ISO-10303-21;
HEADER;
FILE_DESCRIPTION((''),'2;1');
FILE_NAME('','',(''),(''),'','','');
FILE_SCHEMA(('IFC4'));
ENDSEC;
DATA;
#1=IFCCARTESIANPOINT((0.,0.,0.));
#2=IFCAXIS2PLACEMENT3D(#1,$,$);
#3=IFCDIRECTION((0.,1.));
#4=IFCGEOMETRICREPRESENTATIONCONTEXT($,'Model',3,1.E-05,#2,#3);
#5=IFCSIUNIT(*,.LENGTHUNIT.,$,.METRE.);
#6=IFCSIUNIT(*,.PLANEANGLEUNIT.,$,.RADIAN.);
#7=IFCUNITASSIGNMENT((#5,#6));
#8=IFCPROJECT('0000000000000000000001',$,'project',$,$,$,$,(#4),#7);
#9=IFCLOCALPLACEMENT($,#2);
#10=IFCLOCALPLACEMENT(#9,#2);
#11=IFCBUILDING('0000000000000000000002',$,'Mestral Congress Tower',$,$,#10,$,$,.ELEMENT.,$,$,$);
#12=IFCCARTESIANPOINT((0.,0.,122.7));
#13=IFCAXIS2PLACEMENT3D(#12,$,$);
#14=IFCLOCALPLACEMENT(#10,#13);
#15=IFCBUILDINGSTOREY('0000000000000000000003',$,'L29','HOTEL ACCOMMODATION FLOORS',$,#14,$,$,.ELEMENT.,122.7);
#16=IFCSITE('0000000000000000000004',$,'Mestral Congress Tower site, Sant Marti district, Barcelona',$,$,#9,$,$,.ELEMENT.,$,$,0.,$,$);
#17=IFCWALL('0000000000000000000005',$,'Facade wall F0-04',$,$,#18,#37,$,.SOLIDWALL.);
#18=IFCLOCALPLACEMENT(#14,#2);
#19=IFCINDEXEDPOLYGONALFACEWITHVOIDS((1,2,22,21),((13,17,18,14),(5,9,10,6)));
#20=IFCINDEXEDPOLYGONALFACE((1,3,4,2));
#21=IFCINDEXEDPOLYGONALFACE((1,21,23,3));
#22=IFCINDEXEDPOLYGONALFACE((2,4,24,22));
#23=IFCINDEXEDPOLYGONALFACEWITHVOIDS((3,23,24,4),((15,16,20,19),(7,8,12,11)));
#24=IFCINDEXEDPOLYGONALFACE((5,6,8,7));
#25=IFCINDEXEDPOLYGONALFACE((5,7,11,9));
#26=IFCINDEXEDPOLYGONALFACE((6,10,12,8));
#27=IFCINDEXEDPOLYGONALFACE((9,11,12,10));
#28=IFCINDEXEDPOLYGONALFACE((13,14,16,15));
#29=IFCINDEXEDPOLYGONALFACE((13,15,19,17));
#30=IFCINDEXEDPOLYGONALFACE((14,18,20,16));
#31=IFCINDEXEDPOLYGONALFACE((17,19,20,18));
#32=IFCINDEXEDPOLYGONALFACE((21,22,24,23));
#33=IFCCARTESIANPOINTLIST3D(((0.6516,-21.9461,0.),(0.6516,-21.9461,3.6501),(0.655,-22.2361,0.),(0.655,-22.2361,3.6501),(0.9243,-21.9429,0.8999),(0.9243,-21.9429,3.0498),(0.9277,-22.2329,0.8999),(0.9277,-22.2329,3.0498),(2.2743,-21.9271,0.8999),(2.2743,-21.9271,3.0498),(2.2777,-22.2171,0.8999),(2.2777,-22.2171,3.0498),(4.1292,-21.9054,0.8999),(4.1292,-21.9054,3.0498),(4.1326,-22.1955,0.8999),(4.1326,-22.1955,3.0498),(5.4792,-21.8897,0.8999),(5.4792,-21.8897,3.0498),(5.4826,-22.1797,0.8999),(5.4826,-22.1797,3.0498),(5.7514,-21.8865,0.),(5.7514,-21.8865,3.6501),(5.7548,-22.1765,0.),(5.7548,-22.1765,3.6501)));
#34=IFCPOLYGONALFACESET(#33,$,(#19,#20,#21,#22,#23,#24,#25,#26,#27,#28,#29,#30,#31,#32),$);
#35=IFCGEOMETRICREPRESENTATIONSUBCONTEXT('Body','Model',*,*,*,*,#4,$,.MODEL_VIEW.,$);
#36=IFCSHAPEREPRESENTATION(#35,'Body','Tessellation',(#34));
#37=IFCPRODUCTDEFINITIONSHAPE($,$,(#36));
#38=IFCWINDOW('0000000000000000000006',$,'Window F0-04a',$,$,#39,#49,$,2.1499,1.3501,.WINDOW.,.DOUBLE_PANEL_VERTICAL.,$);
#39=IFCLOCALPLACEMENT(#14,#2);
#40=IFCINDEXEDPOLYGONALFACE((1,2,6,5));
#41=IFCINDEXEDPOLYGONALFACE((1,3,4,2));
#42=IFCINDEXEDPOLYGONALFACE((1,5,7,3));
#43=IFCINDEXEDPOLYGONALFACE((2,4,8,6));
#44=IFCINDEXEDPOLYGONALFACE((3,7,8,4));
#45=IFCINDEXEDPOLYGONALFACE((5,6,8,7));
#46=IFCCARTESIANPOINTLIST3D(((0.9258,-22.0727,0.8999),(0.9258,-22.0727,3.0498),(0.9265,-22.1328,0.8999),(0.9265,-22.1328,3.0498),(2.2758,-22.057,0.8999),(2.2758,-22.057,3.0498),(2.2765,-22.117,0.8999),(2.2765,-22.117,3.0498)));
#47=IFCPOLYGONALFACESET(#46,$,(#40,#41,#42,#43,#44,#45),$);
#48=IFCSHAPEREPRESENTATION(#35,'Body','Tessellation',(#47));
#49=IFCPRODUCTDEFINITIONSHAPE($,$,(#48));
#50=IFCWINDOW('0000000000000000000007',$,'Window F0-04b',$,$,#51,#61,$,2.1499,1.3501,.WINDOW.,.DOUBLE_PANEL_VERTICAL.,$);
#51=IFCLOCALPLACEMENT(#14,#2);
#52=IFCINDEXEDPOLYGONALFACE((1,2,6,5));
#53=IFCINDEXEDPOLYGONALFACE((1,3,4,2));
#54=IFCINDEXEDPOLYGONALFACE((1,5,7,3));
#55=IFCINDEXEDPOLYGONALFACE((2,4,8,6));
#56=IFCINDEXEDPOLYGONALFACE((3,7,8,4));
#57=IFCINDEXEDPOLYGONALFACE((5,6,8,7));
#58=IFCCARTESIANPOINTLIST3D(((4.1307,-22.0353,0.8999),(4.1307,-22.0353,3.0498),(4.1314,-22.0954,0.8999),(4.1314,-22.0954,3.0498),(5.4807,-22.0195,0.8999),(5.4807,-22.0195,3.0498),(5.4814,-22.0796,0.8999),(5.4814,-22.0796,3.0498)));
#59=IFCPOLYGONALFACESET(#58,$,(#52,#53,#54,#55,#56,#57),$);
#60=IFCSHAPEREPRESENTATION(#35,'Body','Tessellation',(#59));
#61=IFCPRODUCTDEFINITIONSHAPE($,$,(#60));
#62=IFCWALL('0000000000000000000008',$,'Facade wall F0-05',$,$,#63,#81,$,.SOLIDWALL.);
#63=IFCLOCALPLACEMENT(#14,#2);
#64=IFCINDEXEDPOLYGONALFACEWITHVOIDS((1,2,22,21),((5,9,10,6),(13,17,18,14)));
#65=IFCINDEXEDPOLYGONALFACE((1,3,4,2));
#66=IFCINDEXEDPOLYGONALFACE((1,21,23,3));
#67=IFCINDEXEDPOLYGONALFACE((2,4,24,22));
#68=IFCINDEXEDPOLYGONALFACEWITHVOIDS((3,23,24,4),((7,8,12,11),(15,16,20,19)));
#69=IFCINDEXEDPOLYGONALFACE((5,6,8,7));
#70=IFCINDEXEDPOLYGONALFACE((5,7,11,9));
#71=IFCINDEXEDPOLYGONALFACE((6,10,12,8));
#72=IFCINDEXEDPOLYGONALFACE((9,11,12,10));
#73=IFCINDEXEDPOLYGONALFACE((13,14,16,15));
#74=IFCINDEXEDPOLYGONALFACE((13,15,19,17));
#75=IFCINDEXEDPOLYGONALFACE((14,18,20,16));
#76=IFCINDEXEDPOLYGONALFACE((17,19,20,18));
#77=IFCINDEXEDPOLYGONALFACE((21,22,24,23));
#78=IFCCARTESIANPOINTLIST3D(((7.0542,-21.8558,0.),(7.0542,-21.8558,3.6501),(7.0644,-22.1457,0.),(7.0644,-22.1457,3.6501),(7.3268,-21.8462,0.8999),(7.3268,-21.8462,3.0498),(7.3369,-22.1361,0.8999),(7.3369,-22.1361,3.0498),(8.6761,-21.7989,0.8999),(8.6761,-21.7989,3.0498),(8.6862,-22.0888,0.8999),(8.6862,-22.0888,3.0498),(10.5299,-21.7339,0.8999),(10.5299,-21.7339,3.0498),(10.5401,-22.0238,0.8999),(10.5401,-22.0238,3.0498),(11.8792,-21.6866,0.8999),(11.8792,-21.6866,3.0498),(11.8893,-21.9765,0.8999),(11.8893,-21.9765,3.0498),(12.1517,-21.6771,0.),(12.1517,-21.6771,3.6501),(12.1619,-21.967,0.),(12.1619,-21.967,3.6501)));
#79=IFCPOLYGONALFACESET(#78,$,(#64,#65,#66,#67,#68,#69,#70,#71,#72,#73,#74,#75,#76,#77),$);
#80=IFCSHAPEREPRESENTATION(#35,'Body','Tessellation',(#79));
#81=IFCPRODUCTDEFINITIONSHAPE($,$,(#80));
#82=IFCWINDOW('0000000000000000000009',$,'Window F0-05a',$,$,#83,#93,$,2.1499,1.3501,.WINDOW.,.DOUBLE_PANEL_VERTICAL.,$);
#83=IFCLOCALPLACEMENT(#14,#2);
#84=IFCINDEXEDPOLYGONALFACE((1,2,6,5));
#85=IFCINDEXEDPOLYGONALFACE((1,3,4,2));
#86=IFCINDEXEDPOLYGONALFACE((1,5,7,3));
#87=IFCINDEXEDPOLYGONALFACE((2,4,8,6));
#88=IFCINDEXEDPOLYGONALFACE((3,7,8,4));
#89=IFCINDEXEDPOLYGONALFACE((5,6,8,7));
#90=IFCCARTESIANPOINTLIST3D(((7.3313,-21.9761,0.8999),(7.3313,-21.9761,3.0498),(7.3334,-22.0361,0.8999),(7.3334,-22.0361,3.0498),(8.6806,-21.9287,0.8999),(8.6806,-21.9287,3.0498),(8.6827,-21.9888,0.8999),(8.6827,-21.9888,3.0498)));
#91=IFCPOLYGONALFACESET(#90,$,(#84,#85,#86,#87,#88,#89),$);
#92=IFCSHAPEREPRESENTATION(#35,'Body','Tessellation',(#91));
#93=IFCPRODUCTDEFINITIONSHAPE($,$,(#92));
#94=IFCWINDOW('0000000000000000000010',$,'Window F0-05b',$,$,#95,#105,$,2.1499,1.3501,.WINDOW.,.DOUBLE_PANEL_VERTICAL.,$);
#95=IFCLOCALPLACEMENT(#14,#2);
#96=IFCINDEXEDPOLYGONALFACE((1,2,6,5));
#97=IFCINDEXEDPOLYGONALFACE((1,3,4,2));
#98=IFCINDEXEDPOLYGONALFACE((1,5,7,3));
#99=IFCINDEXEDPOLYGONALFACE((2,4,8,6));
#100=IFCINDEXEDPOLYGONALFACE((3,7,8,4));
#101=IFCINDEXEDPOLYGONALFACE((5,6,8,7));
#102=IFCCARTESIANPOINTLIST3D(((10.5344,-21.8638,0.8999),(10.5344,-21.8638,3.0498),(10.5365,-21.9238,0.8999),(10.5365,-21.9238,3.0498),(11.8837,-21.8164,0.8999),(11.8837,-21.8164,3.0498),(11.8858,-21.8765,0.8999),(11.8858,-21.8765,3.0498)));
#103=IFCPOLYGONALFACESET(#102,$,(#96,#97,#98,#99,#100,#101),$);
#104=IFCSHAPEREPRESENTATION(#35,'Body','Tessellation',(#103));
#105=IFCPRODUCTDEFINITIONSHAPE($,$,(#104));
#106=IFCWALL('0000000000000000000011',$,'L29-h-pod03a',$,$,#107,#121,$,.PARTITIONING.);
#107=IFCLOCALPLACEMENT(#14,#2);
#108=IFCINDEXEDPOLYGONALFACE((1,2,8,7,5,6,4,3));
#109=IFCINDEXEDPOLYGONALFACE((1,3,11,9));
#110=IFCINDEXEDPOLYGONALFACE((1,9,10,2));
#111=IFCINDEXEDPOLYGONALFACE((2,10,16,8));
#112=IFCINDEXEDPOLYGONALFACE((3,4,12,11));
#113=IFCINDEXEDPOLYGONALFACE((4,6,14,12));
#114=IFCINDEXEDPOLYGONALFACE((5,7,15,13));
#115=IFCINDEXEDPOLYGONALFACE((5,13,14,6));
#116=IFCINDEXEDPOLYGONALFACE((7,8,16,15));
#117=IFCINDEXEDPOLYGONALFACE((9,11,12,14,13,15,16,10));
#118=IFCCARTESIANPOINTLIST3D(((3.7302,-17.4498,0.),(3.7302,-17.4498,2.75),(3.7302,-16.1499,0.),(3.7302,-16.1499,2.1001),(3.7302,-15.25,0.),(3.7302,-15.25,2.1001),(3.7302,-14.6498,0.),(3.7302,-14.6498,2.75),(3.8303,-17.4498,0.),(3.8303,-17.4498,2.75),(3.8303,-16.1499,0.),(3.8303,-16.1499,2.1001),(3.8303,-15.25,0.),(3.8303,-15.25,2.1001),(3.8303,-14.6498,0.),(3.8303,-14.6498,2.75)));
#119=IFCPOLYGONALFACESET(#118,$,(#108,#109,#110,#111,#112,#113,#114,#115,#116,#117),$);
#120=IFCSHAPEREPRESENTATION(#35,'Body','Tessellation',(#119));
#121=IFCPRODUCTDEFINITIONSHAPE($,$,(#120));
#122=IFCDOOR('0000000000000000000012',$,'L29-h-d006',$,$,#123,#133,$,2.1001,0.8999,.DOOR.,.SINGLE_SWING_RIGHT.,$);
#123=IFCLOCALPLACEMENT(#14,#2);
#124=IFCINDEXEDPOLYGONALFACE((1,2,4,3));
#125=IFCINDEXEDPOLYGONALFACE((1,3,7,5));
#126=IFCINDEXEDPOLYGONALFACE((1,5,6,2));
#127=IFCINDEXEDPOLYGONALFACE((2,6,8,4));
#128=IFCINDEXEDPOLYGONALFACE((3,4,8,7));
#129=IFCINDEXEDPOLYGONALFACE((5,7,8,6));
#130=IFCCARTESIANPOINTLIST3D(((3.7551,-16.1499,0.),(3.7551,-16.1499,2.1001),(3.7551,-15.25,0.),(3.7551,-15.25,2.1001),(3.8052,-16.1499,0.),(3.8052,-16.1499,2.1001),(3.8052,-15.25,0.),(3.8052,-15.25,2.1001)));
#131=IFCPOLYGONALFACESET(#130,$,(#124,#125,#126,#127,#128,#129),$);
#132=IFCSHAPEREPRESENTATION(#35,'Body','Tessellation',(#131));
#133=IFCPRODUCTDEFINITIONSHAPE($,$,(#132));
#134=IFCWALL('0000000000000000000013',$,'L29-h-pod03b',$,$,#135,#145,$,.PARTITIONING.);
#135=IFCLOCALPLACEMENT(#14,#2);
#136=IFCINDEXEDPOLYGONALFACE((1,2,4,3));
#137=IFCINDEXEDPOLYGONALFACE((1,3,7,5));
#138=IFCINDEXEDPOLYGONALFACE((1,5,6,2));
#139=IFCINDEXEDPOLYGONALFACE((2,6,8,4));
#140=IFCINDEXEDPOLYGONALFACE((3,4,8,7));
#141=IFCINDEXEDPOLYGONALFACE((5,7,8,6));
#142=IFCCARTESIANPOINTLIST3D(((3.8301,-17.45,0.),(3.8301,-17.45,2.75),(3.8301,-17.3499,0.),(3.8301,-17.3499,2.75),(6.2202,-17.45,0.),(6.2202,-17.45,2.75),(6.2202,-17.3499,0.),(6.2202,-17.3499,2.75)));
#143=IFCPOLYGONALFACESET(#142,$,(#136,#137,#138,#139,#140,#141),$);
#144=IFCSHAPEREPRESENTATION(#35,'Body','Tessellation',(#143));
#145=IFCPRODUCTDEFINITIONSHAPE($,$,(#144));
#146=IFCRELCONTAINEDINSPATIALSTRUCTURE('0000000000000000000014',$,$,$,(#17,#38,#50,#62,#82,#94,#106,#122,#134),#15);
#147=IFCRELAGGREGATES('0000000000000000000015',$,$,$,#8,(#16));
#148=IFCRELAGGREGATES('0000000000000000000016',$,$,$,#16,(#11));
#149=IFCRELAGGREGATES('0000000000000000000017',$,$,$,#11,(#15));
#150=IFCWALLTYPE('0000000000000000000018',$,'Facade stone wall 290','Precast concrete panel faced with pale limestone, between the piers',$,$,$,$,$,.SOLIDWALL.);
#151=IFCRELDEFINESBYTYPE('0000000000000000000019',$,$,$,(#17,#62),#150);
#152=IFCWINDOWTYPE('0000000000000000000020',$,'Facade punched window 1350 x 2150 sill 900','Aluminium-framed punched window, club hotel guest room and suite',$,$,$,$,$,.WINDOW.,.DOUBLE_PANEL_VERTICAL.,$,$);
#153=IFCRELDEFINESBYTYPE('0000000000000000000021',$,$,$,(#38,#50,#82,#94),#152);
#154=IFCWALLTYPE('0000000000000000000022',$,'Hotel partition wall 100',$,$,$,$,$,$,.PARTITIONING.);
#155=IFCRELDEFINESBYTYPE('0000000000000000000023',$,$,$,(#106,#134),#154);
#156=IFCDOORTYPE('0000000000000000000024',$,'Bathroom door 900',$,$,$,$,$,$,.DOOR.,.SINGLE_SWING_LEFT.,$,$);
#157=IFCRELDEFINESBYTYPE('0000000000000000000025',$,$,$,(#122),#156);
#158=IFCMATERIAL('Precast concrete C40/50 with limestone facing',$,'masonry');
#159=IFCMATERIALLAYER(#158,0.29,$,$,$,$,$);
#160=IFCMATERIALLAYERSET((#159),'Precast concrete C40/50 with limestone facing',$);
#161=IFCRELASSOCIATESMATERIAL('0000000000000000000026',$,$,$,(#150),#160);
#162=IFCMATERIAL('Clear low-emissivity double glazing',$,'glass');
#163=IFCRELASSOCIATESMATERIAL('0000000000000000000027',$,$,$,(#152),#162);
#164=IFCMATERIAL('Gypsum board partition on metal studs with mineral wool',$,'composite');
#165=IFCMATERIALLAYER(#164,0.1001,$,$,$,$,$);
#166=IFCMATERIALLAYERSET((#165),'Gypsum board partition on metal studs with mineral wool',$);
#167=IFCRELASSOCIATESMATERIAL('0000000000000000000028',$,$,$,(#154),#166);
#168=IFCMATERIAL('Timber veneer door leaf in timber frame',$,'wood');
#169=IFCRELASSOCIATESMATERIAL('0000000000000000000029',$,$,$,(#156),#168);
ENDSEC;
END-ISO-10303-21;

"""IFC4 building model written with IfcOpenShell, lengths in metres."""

from ifc_helpers import new_model, si_unit, direction, frame, frame_2d, origin, place, context, subcontext, project, spatial, rectangle, extrude, material, layer, layer_set, type_object, element, fill, save


model = new_model("IFC4")

# Units and contexts
model_context = context("Model", 3, precision=1e-05, world=origin(), true_north=direction((0.0, 1.0)))
body_context = subcontext(model_context, "Body", "Model", "MODEL_VIEW")
ifc_project = project(units=[si_unit("LENGTHUNIT", "METRE"), si_unit("PLANEANGLEUNIT", "RADIAN")], contexts=[model_context])

# Site, building, storey
site_placement = place(None, origin())
site = spatial("IfcSite", under=ifc_project, at=site_placement, Name="Mestral Congress Tower site, Sant Marti district, Barcelona", CompositionType="ELEMENT", RefElevation=0.0)
building_placement = place(site_placement, origin())
building = spatial("IfcBuilding", under=site, at=building_placement, Name="Mestral Congress Tower", CompositionType="ELEMENT")
storey_placement = place(building_placement, frame((0.0, 0.0, 122.7)))
storey = spatial("IfcBuildingStorey", under=building, at=storey_placement, Name="L29", Description="HOTEL ACCOMMODATION FLOORS", CompositionType="ELEMENT", Elevation=122.7)

# Walls, openings, windows
ifc_material_1 = material(Name="Precast concrete C40/50 with limestone facing", Category="masonry")
ifc_layer_1 = layer(ifc_material_1, 0.29)
ifc_layer_set_1 = layer_set([ifc_layer_1], Name="Precast concrete C40/50 with limestone facing")
wall_type_1 = type_object("IfcWallType", Name="Facade stone wall 290", Description="Precast concrete panel faced with pale limestone, between the piers", PredefinedType="SOLIDWALL", material=ifc_layer_set_1)
wall_1_placement = place(storey_placement, frame((0.6533, -22.0911, 0.0), z_axis=(0.0, 0.0, 1.0), x_axis=(0.999932, 0.01168, 0.0)))
wall_1 = element("IfcWall", 1, at=wall_1_placement, inside=storey, type_object=wall_type_1, Name="Facade wall F0-04", PredefinedType="SOLIDWALL", context=body_context, shape_type="SweptSolid", body=[
    extrude(rectangle(XDim=5.1001, YDim=0.29, at=frame_2d((2.55, 0.0))), origin(), (0.0, 0.0, 1.0), 3.6501),
])
opening_1_placement = place(wall_1_placement, frame((0.2727, 0.0, 0.8999)))
opening_1 = element("IfcOpeningElement", 2, at=opening_1_placement, cuts=wall_1, PredefinedType="OPENING", context=body_context, shape_type="SweptSolid", body=[
    extrude(rectangle(XDim=1.3501, YDim=2.1499, at=frame_2d((0.675, 1.075))), frame((0.0, 0.155, 0.0), z_axis=(0.0, -1.0, 0.0), x_axis=(1.0, 0.0, 0.0)), (0.0, 0.0, 1.0), 0.3101),
])
opening_2_placement = place(wall_1_placement, frame((3.4778, 0.0, 0.8999)))
opening_2 = element("IfcOpeningElement", 3, at=opening_2_placement, cuts=wall_1, PredefinedType="OPENING", context=body_context, shape_type="SweptSolid", body=[
    extrude(rectangle(XDim=1.3501, YDim=2.1499, at=frame_2d((0.675, 1.075))), frame((0.0, 0.155, 0.0), z_axis=(0.0, -1.0, 0.0), x_axis=(1.0, 0.0, 0.0)), (0.0, 0.0, 1.0), 0.3101),
])
ifc_material_2 = material(Name="Clear low-emissivity double glazing", Category="glass")
window_type = type_object("IfcWindowType", Name="Facade punched window 1350 x 2150 sill 900", Description="Aluminium-framed punched window, club hotel guest room and suite", PartitioningType="DOUBLE_PANEL_VERTICAL", PredefinedType="WINDOW", material=ifc_material_2)
window_1_placement = place(opening_1_placement, origin())
window_1 = element("IfcWindow", 4, at=window_1_placement, inside=storey, type_object=window_type, Name="Window F0-04a", OverallHeight=2.1499, OverallWidth=1.3501, PartitioningType="DOUBLE_PANEL_VERTICAL", PredefinedType="WINDOW", context=body_context, shape_type="SweptSolid", body=[
    extrude(rectangle(XDim=1.3501, YDim=2.1499, at=frame_2d((0.675, 1.075))), frame((0.0, 0.0151, 0.0), z_axis=(0.0, -1.0, 0.0), x_axis=(1.0, 0.0, 0.0)), (0.0, 0.0, 1.0), 0.0601),
])
fill(opening_1, window_1)
window_2_placement = place(opening_2_placement, origin())
window_2 = element("IfcWindow", 5, at=window_2_placement, inside=storey, type_object=window_type, Name="Window F0-04b", OverallHeight=2.1499, OverallWidth=1.3501, PartitioningType="DOUBLE_PANEL_VERTICAL", PredefinedType="WINDOW", context=body_context, shape_type="SweptSolid", body=[
    extrude(rectangle(XDim=1.3501, YDim=2.1499, at=frame_2d((0.675, 1.075))), frame((0.0, 0.0151, 0.0), z_axis=(0.0, -1.0, 0.0), x_axis=(1.0, 0.0, 0.0)), (0.0, 0.0, 1.0), 0.0601),
])
fill(opening_2, window_2)
wall_2_placement = place(storey_placement, frame((7.0593, -22.0007, 0.0), z_axis=(0.0, 0.0, 1.0), x_axis=(0.999386, 0.035038, 0.0)))
wall_2 = element("IfcWall", 6, at=wall_2_placement, inside=storey, type_object=wall_type_1, Name="Facade wall F0-05", PredefinedType="SOLIDWALL", context=body_context, shape_type="SweptSolid", body=[
    extrude(rectangle(XDim=5.1006, YDim=0.29, at=frame_2d((2.5503, 0.0))), origin(), (0.0, 0.0, 1.0), 3.6501),
])
opening_3_placement = place(wall_2_placement, frame((0.2727, 0.0, 0.8999)))
opening_3 = element("IfcOpeningElement", 7, at=opening_3_placement, cuts=wall_2, PredefinedType="OPENING", context=body_context, shape_type="SweptSolid", body=[
    extrude(rectangle(XDim=1.3501, YDim=2.1499, at=frame_2d((0.675, 1.075))), frame((0.0, 0.155, 0.0), z_axis=(0.0, -1.0, 0.0), x_axis=(1.0, 0.0, 0.0)), (0.0, 0.0, 1.0), 0.3101),
])
opening_4_placement = place(wall_2_placement, frame((3.4778, 0.0, 0.8999)))
opening_4 = element("IfcOpeningElement", 8, at=opening_4_placement, cuts=wall_2, PredefinedType="OPENING", context=body_context, shape_type="SweptSolid", body=[
    extrude(rectangle(XDim=1.3501, YDim=2.1499, at=frame_2d((0.675, 1.075))), frame((0.0, 0.155, 0.0), z_axis=(0.0, -1.0, 0.0), x_axis=(1.0, 0.0, 0.0)), (0.0, 0.0, 1.0), 0.3101),
])
window_3_placement = place(opening_3_placement, origin())
window_3 = element("IfcWindow", 9, at=window_3_placement, inside=storey, type_object=window_type, Name="Window F0-05a", OverallHeight=2.1499, OverallWidth=1.3501, PartitioningType="DOUBLE_PANEL_VERTICAL", PredefinedType="WINDOW", context=body_context, shape_type="SweptSolid", body=[
    extrude(rectangle(XDim=1.3501, YDim=2.1499, at=frame_2d((0.675, 1.075))), frame((0.0, 0.0151, 0.0), z_axis=(0.0, -1.0, 0.0), x_axis=(1.0, 0.0, 0.0)), (0.0, 0.0, 1.0), 0.0601),
])
fill(opening_3, window_3)
window_4_placement = place(opening_4_placement, origin())
window_4 = element("IfcWindow", 10, at=window_4_placement, inside=storey, type_object=window_type, Name="Window F0-05b", OverallHeight=2.1499, OverallWidth=1.3501, PartitioningType="DOUBLE_PANEL_VERTICAL", PredefinedType="WINDOW", context=body_context, shape_type="SweptSolid", body=[
    extrude(rectangle(XDim=1.3501, YDim=2.1499, at=frame_2d((0.675, 1.075))), frame((0.0, 0.0151, 0.0), z_axis=(0.0, -1.0, 0.0), x_axis=(1.0, 0.0, 0.0)), (0.0, 0.0, 1.0), 0.0601),
])
fill(opening_4, window_4)

# Wall, opening, door
ifc_material_3 = material(Name="Gypsum board partition on metal studs with mineral wool", Category="composite")
ifc_layer_2 = layer(ifc_material_3, 0.1001)
ifc_layer_set_2 = layer_set([ifc_layer_2], Name="Gypsum board partition on metal studs with mineral wool")
wall_type_2 = type_object("IfcWallType", Name="Hotel partition wall 100", PredefinedType="PARTITIONING", material=ifc_layer_set_2)
wall_3_placement = place(storey_placement, frame((3.7803, -14.6499, 0.0), z_axis=(0.0, 0.0, 1.0), x_axis=(0.0, -1.0, 0.0)))
wall_3 = element("IfcWall", 11, at=wall_3_placement, inside=storey, type_object=wall_type_2, Name="L29-h-pod03a", PredefinedType="PARTITIONING", context=body_context, shape_type="SweptSolid", body=[
    extrude(rectangle(XDim=2.8, YDim=0.1001, at=frame_2d((1.3999, 0.0))), origin(), (0.0, 0.0, 1.0), 2.75),
])
opening_5_placement = place(wall_3_placement, frame((0.6001, 0.0, 0.0)))
opening_5 = element("IfcOpeningElement", 12, at=opening_5_placement, cuts=wall_3, PredefinedType="OPENING", context=body_context, shape_type="SweptSolid", body=[
    extrude(rectangle(XDim=0.8999, YDim=2.1001, at=frame_2d((0.45, 1.05))), frame((0.0, 0.0601, 0.0), z_axis=(0.0, -1.0, 0.0), x_axis=(1.0, 0.0, 0.0)), (0.0, 0.0, 1.0), 0.1201),
])
ifc_material_4 = material(Name="Timber veneer door leaf in timber frame", Category="wood")
door_type_1 = type_object("IfcDoorType", Name="Bathroom door 900", OperationType="SINGLE_SWING_LEFT", PredefinedType="DOOR", material=ifc_material_4)
door_1_placement = place(opening_5_placement, origin())
door_1 = element("IfcDoor", 13, at=door_1_placement, inside=storey, type_object=door_type_1, Name="L29-h-d006", OperationType="SINGLE_SWING_RIGHT", OverallHeight=2.1001, OverallWidth=0.8999, PredefinedType="DOOR", context=body_context, shape_type="SweptSolid", body=[
    extrude(rectangle(XDim=0.8999, YDim=2.1001, at=frame_2d((0.45, 1.05))), frame((0.0, 0.0249, 0.0), z_axis=(0.0, -1.0, 0.0), x_axis=(1.0, 0.0, 0.0)), (0.0, 0.0, 1.0), 0.05),
])
fill(opening_5, door_1)

# Wall
wall_4_placement = place(storey_placement, frame((3.8301, -17.3999, 0.0), z_axis=(0.0, 0.0, 1.0), x_axis=(1.0, 0.0, 0.0)))
element("IfcWall", 14, at=wall_4_placement, inside=storey, type_object=wall_type_2, Name="L29-h-pod03b", PredefinedType="PARTITIONING", context=body_context, shape_type="SweptSolid", body=[
    extrude(rectangle(XDim=2.3901, YDim=0.1001, at=frame_2d((1.1951, 0.0))), origin(), (0.0, 0.0, 1.0), 2.75),
])

save(model, "model.ifc")
